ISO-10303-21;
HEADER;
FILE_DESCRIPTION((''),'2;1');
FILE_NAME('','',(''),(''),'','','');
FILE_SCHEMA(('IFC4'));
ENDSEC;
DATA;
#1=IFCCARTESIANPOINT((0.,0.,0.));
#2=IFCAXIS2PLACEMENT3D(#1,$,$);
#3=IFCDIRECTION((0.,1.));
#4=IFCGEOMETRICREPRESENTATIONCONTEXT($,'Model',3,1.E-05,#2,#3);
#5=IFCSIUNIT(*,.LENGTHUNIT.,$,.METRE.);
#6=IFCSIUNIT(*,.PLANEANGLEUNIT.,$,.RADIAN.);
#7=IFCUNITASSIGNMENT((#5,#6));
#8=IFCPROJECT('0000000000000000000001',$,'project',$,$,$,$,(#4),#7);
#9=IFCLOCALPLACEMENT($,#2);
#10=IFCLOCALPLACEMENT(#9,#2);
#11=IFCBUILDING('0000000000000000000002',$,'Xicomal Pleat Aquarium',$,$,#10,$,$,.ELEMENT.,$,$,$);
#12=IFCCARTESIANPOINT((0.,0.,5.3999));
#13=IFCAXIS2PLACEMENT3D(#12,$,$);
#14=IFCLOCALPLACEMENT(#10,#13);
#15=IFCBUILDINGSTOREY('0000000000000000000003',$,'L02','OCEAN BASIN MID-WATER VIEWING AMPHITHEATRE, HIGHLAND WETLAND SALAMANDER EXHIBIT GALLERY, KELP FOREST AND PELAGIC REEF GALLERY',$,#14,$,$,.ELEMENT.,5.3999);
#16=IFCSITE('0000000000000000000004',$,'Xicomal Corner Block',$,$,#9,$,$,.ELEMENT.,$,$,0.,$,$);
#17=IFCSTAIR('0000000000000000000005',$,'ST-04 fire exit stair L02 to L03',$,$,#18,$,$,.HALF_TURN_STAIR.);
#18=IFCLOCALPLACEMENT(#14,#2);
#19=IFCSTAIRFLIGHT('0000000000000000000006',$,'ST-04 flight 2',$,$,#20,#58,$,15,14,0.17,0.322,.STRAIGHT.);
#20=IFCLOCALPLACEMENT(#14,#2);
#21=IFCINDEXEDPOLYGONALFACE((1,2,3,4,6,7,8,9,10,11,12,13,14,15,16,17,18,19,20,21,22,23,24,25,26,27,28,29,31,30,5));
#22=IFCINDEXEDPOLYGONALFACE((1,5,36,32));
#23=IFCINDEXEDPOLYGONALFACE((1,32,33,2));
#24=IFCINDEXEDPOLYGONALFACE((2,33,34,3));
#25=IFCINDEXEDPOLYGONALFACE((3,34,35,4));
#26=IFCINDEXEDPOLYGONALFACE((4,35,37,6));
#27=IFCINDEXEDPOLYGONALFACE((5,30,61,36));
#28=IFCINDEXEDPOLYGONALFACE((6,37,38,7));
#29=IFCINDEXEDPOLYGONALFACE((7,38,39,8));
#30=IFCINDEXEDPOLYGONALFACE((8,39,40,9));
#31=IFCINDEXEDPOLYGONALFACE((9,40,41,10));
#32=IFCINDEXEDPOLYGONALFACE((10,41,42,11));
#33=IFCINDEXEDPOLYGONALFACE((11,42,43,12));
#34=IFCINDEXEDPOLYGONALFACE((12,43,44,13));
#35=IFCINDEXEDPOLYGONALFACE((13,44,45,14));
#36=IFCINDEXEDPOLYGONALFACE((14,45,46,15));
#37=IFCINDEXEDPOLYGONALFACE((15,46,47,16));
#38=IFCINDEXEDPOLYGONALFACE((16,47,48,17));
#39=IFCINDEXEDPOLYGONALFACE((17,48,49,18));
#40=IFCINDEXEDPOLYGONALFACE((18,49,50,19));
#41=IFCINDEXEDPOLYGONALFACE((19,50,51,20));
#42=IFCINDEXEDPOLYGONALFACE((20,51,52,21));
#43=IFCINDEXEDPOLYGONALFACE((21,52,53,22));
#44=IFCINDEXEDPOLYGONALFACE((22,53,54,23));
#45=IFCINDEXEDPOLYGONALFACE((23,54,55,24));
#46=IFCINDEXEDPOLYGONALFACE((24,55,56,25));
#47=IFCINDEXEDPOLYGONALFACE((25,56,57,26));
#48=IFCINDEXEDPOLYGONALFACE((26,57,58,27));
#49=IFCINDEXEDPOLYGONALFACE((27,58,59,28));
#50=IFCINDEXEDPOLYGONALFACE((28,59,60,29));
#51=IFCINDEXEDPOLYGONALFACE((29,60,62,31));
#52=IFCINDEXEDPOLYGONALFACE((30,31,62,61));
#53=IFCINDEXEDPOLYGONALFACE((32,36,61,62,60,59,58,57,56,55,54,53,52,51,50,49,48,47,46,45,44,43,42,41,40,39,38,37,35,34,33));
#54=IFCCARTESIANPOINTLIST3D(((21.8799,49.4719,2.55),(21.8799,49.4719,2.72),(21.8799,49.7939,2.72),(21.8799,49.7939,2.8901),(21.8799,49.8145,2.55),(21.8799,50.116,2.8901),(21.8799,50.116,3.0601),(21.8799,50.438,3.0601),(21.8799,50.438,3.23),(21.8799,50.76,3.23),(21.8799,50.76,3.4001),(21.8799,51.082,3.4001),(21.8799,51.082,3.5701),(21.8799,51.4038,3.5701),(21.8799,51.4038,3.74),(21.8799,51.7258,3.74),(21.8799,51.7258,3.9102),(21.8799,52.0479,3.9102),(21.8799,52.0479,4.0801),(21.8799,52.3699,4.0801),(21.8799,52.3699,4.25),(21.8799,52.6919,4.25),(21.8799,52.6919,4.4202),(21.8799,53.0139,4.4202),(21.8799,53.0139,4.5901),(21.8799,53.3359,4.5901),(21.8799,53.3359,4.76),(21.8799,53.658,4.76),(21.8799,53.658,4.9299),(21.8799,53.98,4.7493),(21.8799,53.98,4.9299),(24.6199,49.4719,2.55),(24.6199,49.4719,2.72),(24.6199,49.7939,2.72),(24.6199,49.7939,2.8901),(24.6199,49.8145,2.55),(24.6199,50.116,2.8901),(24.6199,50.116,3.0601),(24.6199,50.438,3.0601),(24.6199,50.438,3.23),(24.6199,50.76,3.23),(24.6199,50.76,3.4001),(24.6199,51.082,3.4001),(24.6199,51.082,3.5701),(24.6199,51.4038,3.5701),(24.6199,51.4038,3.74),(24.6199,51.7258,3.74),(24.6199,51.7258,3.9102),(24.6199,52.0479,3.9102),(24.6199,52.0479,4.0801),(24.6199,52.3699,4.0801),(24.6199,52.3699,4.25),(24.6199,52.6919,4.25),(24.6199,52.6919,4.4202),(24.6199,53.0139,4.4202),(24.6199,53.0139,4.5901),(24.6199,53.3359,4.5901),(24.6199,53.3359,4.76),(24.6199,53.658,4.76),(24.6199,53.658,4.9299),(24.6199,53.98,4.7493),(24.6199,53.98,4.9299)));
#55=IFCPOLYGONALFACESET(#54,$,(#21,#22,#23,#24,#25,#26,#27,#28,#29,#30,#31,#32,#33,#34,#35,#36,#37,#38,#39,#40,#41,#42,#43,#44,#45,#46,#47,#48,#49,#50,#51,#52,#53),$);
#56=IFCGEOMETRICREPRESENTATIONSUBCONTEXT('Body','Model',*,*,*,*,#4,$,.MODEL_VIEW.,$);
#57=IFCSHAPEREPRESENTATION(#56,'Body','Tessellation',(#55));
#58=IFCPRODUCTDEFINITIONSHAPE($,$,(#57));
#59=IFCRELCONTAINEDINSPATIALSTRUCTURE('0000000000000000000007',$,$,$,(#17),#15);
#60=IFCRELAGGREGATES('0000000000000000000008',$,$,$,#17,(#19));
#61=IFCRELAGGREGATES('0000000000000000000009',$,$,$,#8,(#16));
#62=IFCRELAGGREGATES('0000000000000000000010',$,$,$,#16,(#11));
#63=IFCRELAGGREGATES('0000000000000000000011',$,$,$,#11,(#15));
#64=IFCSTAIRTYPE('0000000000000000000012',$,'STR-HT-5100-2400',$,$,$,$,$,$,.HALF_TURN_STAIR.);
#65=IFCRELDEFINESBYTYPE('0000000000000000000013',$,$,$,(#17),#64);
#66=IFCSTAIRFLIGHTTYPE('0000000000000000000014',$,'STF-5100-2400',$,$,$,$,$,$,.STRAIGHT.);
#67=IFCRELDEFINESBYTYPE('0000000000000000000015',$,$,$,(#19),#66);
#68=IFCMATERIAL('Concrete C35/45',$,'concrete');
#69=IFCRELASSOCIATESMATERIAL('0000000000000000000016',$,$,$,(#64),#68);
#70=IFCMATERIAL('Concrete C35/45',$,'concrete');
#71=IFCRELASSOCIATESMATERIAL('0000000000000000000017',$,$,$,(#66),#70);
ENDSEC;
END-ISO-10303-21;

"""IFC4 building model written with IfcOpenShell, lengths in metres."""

from ifc_helpers import new_model, si_unit, direction, frame, origin, place, context, subcontext, project, spatial, polyline, outline, extrude, material, type_object, element, aggregate, save


model = new_model("IFC4")

# Units and contexts
model_context = context("Model", 3, precision=1e-05, world=origin(), true_north=direction((0.0, 1.0)))
body_context = subcontext(model_context, "Body", "Model", "MODEL_VIEW")
ifc_project = project(units=[si_unit("LENGTHUNIT", "METRE"), si_unit("PLANEANGLEUNIT", "RADIAN")], contexts=[model_context])

# Site, building, storey
site_placement = place(None, origin())
site = spatial("IfcSite", under=ifc_project, at=site_placement, Name="Xicomal Corner Block", CompositionType="ELEMENT", RefElevation=0.0)
building_placement = place(site_placement, origin())
building = spatial("IfcBuilding", under=site, at=building_placement, Name="Xicomal Pleat Aquarium", CompositionType="ELEMENT")
storey_placement = place(building_placement, frame((0.0, 0.0, 5.3999)))
storey = spatial("IfcBuildingStorey", under=building, at=storey_placement, Name="L02", Description="OCEAN BASIN MID-WATER VIEWING AMPHITHEATRE, HIGHLAND WETLAND SALAMANDER EXHIBIT GALLERY, KELP FOREST AND PELAGIC REEF GALLERY", CompositionType="ELEMENT", Elevation=5.3999)

# Stair, stair flight
ifc_material_1 = material(Name="Concrete C35/45", Category="concrete")
stair_type = type_object("IfcStairType", Name="STR-HT-5100-2400", PredefinedType="HALF_TURN_STAIR", material=ifc_material_1)
stair_placement = place(storey_placement, origin())
stair = element("IfcStair", 1, at=stair_placement, inside=storey, type_object=stair_type, Name="ST-04 fire exit stair L02 to L03", PredefinedType="HALF_TURN_STAIR")
ifc_material_2 = material(Name="Concrete C35/45", Category="concrete")
stair_flight_type = type_object("IfcStairFlightType", Name="STF-5100-2400", PredefinedType="STRAIGHT", material=ifc_material_2)
stair_flight_placement = place(storey_placement, frame((23.25, 49.4719, 2.55), z_axis=(0.0, 0.0, 1.0), x_axis=(0.0, 1.0, 0.0)))
stair_flight = element("IfcStairFlight", 2, at=stair_flight_placement, type_object=stair_flight_type, Name="ST-04 flight 2", NumberOfRisers=15, NumberOfTreads=14, PredefinedType="STRAIGHT", RiserHeight=0.17, TreadLength=0.322, context=body_context, shape_type="SweptSolid", body=[
    extrude(outline(polyline([(0.0, 0.0), (0.0, 0.1699), (0.322, 0.1699), (0.322, 0.3401), (0.644, 0.3401), (0.644, 0.51), (0.9661, 0.51), (0.9661, 0.6799), (1.2881, 0.6799), (1.2881, 0.8501), (1.6101, 0.8501), (1.6101, 1.02), (1.9319, 1.02), (1.9319, 1.1899), (2.2539, 1.1899), (2.2539, 1.3601), (2.5759, 1.3601), (2.5759, 1.53), (2.8979, 1.53), (2.8979, 1.7), (3.22, 1.7), (3.22, 1.8701), (3.542, 1.8701), (3.542, 2.04), (3.864, 2.04), (3.864, 2.21), (4.186, 2.21), (4.186, 2.3799), (4.5081, 2.3799), (4.5081, 2.55), (4.5081, 2.1992), (0.3425, 0.0), (0.0, 0.0)])), frame((0.0, 1.3701, 0.0), z_axis=(0.0, -1.0, 0.0), x_axis=(1.0, 0.0, 0.0)), (0.0, 0.0, 1.0), 2.74),
])
aggregate(stair, [stair_flight])

save(model, "model.ifc")
